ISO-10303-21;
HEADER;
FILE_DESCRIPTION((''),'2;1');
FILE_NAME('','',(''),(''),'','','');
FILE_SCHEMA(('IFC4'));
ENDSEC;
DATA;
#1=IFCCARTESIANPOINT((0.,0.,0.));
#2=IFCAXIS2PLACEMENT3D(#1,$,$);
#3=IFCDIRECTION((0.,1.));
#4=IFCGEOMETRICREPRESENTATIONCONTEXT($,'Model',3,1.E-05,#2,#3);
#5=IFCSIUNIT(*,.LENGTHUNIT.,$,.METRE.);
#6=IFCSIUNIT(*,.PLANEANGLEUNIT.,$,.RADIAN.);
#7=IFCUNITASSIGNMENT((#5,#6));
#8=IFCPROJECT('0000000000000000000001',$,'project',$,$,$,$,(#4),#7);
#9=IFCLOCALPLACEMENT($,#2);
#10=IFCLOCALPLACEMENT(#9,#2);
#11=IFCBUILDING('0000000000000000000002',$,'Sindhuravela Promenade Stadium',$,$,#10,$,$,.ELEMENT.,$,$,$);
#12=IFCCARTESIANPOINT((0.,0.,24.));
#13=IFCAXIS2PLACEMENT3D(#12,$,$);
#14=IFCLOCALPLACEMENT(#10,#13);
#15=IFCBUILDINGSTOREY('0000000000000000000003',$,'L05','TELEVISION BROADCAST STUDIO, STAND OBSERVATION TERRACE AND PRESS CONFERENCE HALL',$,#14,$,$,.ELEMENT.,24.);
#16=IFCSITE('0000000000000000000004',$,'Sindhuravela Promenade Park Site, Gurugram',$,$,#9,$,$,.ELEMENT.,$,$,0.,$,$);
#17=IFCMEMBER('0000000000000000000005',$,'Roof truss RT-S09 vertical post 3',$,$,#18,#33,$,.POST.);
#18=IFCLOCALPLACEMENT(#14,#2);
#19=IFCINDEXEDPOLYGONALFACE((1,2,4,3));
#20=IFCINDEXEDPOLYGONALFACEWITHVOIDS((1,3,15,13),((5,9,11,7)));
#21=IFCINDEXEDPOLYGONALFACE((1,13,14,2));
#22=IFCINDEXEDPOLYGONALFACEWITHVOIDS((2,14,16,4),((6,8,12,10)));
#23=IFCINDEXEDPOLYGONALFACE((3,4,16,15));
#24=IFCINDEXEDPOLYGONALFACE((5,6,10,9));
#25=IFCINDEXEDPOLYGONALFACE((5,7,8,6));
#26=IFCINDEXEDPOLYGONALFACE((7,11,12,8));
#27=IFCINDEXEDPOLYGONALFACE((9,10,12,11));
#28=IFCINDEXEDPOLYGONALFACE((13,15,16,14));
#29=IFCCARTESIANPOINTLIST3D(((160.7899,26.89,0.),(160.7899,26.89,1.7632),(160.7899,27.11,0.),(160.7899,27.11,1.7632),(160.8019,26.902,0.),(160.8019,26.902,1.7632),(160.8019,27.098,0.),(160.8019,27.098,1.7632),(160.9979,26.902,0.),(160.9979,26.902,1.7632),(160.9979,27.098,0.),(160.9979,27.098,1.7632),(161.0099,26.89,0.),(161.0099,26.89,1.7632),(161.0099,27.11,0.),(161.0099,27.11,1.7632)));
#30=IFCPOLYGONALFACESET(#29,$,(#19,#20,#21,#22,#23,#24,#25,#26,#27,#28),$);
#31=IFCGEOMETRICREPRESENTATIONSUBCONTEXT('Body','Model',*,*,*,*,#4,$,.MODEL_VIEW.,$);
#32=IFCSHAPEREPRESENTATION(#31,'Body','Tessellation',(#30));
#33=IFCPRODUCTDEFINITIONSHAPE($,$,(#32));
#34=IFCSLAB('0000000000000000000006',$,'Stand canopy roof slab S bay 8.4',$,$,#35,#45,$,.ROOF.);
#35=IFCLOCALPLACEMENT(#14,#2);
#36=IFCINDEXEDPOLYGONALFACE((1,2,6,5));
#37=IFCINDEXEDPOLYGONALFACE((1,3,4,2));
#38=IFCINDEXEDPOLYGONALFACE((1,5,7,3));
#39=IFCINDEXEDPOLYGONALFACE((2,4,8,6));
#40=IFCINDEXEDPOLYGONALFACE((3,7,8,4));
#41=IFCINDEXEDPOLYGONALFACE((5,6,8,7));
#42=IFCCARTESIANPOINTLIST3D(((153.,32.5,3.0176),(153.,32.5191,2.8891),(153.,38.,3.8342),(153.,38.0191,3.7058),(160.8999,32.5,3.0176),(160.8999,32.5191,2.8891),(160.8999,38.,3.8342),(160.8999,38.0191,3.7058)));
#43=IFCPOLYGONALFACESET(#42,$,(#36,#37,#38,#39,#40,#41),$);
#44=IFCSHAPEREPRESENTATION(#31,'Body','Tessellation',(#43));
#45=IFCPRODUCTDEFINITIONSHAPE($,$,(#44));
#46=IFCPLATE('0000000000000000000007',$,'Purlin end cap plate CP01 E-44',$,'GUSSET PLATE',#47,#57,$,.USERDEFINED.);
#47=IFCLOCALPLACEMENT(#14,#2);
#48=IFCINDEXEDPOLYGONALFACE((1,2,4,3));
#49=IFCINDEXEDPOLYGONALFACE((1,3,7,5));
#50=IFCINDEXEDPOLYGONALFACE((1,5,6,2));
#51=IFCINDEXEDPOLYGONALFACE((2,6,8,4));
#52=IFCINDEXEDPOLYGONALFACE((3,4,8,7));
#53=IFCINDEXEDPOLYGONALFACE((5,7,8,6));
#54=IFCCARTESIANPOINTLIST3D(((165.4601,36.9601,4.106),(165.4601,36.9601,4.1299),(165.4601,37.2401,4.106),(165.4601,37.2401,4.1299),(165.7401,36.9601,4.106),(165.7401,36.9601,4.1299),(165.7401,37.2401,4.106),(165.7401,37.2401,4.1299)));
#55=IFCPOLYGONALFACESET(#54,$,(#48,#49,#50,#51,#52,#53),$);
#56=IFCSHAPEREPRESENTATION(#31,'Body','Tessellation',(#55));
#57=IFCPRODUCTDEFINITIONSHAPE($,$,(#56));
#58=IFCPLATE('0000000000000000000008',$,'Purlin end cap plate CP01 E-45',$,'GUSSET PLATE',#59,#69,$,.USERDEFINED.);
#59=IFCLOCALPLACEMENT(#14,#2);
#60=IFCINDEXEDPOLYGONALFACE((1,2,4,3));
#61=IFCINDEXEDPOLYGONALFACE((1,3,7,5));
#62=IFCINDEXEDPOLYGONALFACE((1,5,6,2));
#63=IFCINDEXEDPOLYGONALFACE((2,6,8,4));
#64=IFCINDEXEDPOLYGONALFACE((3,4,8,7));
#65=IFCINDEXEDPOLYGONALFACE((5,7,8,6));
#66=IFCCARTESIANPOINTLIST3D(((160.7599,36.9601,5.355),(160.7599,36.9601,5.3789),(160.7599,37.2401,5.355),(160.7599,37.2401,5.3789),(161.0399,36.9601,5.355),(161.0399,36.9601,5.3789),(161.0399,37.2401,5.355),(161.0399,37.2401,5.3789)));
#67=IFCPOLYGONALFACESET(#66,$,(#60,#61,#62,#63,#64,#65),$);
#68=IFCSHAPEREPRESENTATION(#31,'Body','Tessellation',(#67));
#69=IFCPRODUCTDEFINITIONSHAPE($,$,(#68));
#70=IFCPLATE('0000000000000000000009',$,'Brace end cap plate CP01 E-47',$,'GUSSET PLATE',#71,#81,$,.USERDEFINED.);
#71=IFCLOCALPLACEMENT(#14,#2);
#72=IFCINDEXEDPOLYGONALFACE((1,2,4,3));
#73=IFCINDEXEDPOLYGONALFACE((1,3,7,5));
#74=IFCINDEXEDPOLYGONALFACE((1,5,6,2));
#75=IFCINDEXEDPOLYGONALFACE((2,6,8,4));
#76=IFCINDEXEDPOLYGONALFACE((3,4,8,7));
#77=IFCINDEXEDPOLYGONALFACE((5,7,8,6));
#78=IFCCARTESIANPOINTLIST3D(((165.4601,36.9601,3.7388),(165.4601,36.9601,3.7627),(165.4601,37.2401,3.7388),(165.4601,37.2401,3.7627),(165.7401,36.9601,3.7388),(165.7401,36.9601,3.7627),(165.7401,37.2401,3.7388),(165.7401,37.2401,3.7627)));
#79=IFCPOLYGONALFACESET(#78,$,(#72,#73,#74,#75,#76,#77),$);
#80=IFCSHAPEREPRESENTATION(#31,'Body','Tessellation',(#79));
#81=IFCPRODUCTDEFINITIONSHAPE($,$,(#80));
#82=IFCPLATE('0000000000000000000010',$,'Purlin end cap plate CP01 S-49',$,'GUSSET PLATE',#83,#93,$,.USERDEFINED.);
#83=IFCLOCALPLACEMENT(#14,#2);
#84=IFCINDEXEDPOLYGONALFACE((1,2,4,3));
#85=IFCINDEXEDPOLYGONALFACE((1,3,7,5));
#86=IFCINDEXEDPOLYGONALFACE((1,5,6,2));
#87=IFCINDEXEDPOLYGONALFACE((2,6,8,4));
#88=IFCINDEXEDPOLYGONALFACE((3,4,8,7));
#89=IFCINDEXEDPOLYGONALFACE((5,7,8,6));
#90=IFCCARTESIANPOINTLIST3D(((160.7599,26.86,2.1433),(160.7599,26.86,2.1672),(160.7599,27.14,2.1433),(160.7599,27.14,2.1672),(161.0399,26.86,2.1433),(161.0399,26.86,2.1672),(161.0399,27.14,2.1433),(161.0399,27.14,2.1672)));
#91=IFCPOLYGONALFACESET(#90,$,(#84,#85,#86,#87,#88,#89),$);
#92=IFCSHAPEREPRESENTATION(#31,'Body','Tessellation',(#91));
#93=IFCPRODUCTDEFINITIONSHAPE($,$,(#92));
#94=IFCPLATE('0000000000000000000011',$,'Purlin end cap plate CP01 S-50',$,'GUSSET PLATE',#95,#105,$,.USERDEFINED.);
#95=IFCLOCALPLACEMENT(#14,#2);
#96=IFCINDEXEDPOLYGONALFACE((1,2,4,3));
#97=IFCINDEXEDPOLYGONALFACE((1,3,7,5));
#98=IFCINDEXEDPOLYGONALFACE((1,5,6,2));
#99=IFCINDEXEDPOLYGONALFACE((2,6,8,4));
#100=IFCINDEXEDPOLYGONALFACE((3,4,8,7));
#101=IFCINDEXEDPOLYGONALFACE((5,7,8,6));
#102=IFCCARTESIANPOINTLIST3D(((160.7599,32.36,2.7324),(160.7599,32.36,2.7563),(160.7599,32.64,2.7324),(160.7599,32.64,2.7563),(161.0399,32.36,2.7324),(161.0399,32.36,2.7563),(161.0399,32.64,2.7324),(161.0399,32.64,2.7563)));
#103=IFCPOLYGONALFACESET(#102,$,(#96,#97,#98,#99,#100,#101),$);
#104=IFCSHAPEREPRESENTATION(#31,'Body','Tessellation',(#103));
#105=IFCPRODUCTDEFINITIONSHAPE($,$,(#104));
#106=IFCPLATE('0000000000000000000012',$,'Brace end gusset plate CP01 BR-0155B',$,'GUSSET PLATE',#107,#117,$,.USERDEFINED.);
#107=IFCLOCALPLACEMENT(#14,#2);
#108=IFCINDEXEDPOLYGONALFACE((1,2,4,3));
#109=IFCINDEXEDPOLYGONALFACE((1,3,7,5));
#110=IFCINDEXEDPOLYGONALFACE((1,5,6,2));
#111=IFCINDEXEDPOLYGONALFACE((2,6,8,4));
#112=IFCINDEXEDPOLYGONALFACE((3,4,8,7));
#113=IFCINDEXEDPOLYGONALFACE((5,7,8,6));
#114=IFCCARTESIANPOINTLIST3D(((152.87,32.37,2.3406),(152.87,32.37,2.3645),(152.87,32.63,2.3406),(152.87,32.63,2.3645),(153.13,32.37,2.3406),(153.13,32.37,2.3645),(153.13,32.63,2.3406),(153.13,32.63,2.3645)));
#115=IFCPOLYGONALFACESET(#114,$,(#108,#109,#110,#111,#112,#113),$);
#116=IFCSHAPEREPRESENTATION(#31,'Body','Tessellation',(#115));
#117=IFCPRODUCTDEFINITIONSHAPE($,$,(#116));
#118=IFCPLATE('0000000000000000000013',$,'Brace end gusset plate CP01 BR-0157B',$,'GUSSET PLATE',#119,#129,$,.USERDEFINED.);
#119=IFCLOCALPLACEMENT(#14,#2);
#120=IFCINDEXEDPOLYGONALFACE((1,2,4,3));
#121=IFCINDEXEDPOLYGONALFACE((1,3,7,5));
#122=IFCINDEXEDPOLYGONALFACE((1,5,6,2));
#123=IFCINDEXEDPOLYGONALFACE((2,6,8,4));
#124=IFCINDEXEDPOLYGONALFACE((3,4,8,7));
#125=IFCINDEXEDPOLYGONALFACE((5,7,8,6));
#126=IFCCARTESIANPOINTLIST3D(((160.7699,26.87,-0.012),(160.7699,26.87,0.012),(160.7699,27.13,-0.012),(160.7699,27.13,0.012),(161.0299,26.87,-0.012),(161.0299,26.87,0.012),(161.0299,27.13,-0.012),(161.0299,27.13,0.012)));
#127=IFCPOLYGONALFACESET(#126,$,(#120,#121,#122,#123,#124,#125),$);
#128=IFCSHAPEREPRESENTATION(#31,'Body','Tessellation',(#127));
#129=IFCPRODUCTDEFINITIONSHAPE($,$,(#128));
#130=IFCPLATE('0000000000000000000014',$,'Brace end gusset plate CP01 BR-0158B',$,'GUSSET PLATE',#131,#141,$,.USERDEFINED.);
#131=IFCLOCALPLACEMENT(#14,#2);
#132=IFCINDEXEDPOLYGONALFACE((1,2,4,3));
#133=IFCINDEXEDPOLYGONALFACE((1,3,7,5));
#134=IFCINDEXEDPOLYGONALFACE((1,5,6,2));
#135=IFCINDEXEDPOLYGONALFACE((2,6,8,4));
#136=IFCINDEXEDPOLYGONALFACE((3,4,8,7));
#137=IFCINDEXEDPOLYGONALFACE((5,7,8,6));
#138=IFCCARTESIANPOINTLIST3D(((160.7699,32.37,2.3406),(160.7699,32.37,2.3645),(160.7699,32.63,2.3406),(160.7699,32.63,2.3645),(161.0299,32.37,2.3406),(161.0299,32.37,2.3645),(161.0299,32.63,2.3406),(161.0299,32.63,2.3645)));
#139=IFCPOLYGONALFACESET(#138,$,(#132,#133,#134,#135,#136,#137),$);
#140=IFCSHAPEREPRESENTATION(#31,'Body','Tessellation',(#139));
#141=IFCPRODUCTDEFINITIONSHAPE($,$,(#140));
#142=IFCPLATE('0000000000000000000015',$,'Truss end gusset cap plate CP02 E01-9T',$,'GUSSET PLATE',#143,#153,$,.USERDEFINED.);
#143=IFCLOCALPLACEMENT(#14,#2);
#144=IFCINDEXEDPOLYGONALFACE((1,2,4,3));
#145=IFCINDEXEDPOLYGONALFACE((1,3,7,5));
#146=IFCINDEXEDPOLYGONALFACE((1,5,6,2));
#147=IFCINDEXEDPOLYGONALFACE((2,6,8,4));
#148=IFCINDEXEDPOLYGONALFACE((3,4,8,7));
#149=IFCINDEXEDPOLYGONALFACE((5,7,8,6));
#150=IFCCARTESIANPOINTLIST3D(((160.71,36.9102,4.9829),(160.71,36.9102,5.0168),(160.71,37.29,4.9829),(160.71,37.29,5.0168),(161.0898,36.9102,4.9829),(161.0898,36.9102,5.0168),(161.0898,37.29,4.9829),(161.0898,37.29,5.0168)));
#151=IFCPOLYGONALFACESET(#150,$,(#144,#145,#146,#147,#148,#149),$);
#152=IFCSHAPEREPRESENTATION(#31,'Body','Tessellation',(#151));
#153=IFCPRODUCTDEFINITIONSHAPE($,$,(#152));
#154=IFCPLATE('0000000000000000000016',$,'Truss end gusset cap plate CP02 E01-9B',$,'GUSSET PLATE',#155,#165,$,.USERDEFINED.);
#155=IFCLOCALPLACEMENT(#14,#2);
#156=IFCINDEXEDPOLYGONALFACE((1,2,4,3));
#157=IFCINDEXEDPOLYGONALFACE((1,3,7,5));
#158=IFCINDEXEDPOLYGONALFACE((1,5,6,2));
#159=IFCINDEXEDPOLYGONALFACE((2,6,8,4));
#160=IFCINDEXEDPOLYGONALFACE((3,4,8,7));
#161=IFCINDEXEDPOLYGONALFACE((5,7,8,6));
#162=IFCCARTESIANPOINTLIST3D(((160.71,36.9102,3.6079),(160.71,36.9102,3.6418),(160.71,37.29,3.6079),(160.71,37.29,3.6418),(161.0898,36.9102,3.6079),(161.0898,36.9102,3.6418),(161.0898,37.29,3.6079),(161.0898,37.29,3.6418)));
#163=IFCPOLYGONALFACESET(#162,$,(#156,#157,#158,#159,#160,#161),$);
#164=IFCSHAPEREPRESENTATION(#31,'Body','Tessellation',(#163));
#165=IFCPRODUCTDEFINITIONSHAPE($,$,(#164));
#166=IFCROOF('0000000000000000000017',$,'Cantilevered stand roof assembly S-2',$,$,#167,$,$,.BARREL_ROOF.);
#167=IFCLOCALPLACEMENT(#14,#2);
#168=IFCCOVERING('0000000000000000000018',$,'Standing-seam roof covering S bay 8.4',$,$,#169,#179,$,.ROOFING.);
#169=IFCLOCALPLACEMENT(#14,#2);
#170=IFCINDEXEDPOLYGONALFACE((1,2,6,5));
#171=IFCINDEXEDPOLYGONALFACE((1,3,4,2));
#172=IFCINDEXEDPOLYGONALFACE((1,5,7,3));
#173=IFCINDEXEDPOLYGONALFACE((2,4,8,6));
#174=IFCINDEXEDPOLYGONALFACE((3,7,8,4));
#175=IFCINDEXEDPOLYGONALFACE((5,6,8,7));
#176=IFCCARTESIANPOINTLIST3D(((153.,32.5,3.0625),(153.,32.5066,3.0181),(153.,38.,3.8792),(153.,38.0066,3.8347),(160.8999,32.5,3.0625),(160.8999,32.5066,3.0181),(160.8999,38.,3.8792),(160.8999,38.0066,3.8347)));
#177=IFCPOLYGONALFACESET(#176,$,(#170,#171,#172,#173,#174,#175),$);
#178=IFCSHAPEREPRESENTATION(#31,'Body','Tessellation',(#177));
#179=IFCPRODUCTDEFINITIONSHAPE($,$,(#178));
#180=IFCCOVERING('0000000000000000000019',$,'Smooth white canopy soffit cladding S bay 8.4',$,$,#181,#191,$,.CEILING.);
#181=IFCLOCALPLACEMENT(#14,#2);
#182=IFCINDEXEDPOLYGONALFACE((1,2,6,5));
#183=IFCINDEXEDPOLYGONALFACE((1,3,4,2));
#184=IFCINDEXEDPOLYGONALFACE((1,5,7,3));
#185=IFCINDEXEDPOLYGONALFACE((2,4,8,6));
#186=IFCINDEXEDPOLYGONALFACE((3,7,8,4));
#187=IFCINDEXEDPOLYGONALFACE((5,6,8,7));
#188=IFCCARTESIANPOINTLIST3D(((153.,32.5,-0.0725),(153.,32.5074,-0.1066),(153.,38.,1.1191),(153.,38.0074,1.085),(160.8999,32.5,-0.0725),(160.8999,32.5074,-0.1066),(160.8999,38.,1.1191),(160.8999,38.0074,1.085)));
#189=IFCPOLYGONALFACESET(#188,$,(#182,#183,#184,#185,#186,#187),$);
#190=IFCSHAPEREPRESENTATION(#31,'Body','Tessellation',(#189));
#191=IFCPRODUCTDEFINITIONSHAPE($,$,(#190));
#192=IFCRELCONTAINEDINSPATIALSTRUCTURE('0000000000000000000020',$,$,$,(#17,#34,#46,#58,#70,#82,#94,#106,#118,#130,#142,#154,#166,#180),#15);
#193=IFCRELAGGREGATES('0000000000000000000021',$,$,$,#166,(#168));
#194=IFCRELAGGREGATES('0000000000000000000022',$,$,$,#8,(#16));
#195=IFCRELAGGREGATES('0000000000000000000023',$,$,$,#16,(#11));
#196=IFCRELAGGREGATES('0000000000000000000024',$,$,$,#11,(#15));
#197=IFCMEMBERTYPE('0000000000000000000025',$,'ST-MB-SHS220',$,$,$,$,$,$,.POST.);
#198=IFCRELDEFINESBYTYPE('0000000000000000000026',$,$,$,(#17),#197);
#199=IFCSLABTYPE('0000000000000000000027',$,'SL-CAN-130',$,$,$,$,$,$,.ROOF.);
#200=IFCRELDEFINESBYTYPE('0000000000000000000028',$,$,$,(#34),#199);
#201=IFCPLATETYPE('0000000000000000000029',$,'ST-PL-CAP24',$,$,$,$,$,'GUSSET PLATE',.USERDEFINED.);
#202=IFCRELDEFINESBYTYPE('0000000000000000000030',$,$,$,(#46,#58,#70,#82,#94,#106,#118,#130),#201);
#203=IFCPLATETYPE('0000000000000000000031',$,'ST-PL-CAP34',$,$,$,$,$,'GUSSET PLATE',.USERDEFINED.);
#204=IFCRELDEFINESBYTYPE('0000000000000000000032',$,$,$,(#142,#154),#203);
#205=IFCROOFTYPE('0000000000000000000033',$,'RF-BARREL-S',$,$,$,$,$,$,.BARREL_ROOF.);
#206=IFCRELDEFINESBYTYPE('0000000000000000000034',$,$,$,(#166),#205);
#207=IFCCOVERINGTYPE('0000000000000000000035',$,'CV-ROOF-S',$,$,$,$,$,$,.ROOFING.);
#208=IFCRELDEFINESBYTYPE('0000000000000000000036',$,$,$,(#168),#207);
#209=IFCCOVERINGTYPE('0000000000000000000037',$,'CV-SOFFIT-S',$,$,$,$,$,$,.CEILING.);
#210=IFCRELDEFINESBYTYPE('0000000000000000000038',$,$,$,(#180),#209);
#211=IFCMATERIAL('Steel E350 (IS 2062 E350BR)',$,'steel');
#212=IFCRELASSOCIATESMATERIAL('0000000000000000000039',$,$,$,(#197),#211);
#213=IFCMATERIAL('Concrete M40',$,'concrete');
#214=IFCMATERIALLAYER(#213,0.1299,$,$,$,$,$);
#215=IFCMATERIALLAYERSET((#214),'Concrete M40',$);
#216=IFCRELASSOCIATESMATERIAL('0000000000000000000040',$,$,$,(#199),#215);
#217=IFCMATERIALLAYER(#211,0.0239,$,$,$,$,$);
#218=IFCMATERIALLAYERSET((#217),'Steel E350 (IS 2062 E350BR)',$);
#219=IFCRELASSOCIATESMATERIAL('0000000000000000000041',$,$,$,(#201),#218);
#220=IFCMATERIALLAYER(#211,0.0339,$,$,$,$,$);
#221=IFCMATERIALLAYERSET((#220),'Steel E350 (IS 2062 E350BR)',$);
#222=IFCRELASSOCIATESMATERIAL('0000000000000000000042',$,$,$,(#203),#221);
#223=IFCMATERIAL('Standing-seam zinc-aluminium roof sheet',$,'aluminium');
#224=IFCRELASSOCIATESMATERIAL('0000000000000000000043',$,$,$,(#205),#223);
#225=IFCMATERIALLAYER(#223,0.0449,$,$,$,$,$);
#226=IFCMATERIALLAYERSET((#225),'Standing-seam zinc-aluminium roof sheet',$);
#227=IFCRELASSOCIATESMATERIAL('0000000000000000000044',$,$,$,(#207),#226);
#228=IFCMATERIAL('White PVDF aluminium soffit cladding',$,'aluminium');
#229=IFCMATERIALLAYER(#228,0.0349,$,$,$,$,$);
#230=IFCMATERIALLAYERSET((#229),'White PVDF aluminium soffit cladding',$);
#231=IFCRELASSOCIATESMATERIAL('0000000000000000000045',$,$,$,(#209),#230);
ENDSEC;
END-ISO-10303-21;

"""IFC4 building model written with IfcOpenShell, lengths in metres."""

from ifc_helpers import new_model, si_unit, direction, frame, origin, origin_2d, place, context, subcontext, project, spatial, polyline, rectangle, hollow_rectangle, outline, extrude, material, layer, layer_set, material_profile, profile_set, type_object, element, aggregate, save


model = new_model("IFC4")

# Units and contexts
model_context = context("Model", 3, precision=1e-05, world=origin(), true_north=direction((0.0, 1.0)))
body_context = subcontext(model_context, "Body", "Model", "MODEL_VIEW")
ifc_project = project(units=[si_unit("LENGTHUNIT", "METRE"), si_unit("PLANEANGLEUNIT", "RADIAN")], contexts=[model_context])

# Site, building, storey
site_placement = place(None, origin())
site = spatial("IfcSite", under=ifc_project, at=site_placement, Name="Sindhuravela Promenade Park Site, Gurugram", CompositionType="ELEMENT", RefElevation=0.0)
building_placement = place(site_placement, origin())
building = spatial("IfcBuilding", under=site, at=building_placement, Name="Sindhuravela Promenade Stadium", CompositionType="ELEMENT")
storey_placement = place(building_placement, frame((0.0, 0.0, 24.0)))
storey = spatial("IfcBuildingStorey", under=building, at=storey_placement, Name="L05", Description="TELEVISION BROADCAST STUDIO, STAND OBSERVATION TERRACE AND PRESS CONFERENCE HALL", CompositionType="ELEMENT", Elevation=24.0)

# Shared definitions
ifc_material_1 = material(Name="Steel E350 (IS 2062 E350BR)", Category="steel")

# Member
ifc_material_profile_1 = material_profile(ifc_material_1, hollow_rectangle(XDim=0.22, YDim=0.22, WallThickness=0.012, at=origin_2d()), Name="SHS 220x220x12")
ifc_profile_set_1 = profile_set([ifc_material_profile_1], Name="Steel E350 (IS 2062 E350BR)")
member_type_1 = type_object("IfcMemberType", Name="ST-MB-SHS220", PredefinedType="POST", material=ifc_profile_set_1)
member_1_placement = place(storey_placement, frame((160.8999, 27.0, 0.0), z_axis=(0.0, 0.0, 1.0), x_axis=(1.0, 0.0, 0.0)))
element("IfcMember", 1, at=member_1_placement, inside=storey, type_object=member_type_1, Name="Roof truss RT-S09 vertical post 3", PredefinedType="POST", context=body_context, shape_type="SweptSolid", body=[
    extrude(hollow_rectangle(XDim=0.22, YDim=0.22, WallThickness=0.012, at=origin_2d()), origin(), (0.0, 0.0, 1.0), 1.7632),
])

# Slab
ifc_material_2 = material(Name="Concrete M40", Category="concrete")
ifc_layer_1 = layer(ifc_material_2, 0.1299)
ifc_layer_set_1 = layer_set([ifc_layer_1], Name="Concrete M40")
slab_type = type_object("IfcSlabType", Name="SL-CAN-130", PredefinedType="ROOF", material=ifc_layer_set_1)
slab_placement = place(storey_placement, frame((153.0, 32.5, 3.0176), z_axis=(0.0, -0.146872, 0.989156), x_axis=(1.0, 0.0, 0.0)))
element("IfcSlab", 2, at=slab_placement, inside=storey, type_object=slab_type, Name="Stand canopy roof slab S bay 8.4", PredefinedType="ROOF", context=body_context, shape_type="SweptSolid", body=[
    extrude(outline(polyline([(0.0, 0.0), (7.8999, 0.0), (7.8999, 5.5603), (0.0, 5.5603), (0.0, 0.0)])), origin(), (0.0, 0.0, -1.0), 0.1299),
])

# Plates
ifc_layer_2 = layer(ifc_material_1, 0.0239)
ifc_layer_set_2 = layer_set([ifc_layer_2], Name="Steel E350 (IS 2062 E350BR)")
plate_type_1 = type_object("IfcPlateType", Name="ST-PL-CAP24", ElementType="GUSSET PLATE", PredefinedType="USERDEFINED", material=ifc_layer_set_2)
for number, where, z_axis, x_axis, name in (
    (3, (165.6001, 37.1001, 4.106), (0.0, 0.0, 1.0), (1.0, 0.0, 0.0), "Purlin end cap plate CP01 E-44"),
    (4, (160.8999, 37.1001, 5.355), (0.0, 0.0, 1.0), (1.0, 0.0, 0.0), "Purlin end cap plate CP01 E-45"),
    (5, (165.6001, 37.1001, 3.7388), (0.0, 0.0, 1.0), (1.0, 0.0, 0.0), "Brace end cap plate CP01 E-47"),
    (6, (160.8999, 27.0, 2.1433), (0.0, 0.0, 1.0), (1.0, 0.0, 0.0), "Purlin end cap plate CP01 S-49"),
    (7, (160.8999, 32.5, 2.7324), (0.0, 0.0, 1.0), (1.0, 0.0, 0.0), "Purlin end cap plate CP01 S-50"),
):
    element("IfcPlate", number, at=place(storey_placement, frame(where, z_axis=z_axis, x_axis=x_axis)), inside=storey, type_object=plate_type_1, Name=name, ObjectType="GUSSET PLATE", PredefinedType="USERDEFINED", context=body_context, shape_type="SweptSolid", body=[
        extrude(rectangle(XDim=0.28, YDim=0.28, at=origin_2d()), origin(), (0.0, 0.0, 1.0), 0.0239),
    ])
for number, where, z_axis, x_axis, name in (
    (8, (153.0, 32.5, 2.3406), (0.0, 0.0, 1.0), (1.0, 0.0, 0.0), "Brace end gusset plate CP01 BR-0155B"),
    (9, (160.8999, 27.0, -0.012), (0.0, 0.0, 1.0), (1.0, 0.0, 0.0), "Brace end gusset plate CP01 BR-0157B"),
    (10, (160.8999, 32.5, 2.3406), (0.0, 0.0, 1.0), (1.0, 0.0, 0.0), "Brace end gusset plate CP01 BR-0158B"),
):
    element("IfcPlate", number, at=place(storey_placement, frame(where, z_axis=z_axis, x_axis=x_axis)), inside=storey, type_object=plate_type_1, Name=name, ObjectType="GUSSET PLATE", PredefinedType="USERDEFINED", context=body_context, shape_type="SweptSolid", body=[
        extrude(rectangle(XDim=0.26, YDim=0.26, at=origin_2d()), origin(), (0.0, 0.0, 1.0), 0.0239),
    ])
ifc_layer_3 = layer(ifc_material_1, 0.0339)
ifc_layer_set_3 = layer_set([ifc_layer_3], Name="Steel E350 (IS 2062 E350BR)")
plate_type_2 = type_object("IfcPlateType", Name="ST-PL-CAP34", ElementType="GUSSET PLATE", PredefinedType="USERDEFINED", material=ifc_layer_set_3)
for number, where, z_axis, x_axis, name in (
    (11, (160.8999, 37.1001, 4.9829), (0.0, 0.0, 1.0), (1.0, 0.0, 0.0), "Truss end gusset cap plate CP02 E01-9T"),
    (12, (160.8999, 37.1001, 3.6079), (0.0, 0.0, 1.0), (1.0, 0.0, 0.0), "Truss end gusset cap plate CP02 E01-9B"),
):
    element("IfcPlate", number, at=place(storey_placement, frame(where, z_axis=z_axis, x_axis=x_axis)), inside=storey, type_object=plate_type_2, Name=name, ObjectType="GUSSET PLATE", PredefinedType="USERDEFINED", context=body_context, shape_type="SweptSolid", body=[
        extrude(rectangle(XDim=0.3799, YDim=0.3799, at=origin_2d()), origin(), (0.0, 0.0, 1.0), 0.0339),
    ])

# Roof, covering
ifc_material_3 = material(Name="Standing-seam zinc-aluminium roof sheet", Category="aluminium")
roof_type = type_object("IfcRoofType", Name="RF-BARREL-S", PredefinedType="BARREL_ROOF", material=ifc_material_3)
roof_placement = place(storey_placement, origin())
roof = element("IfcRoof", 13, at=roof_placement, inside=storey, type_object=roof_type, Name="Cantilevered stand roof assembly S-2", PredefinedType="BARREL_ROOF")
ifc_layer_4 = layer(ifc_material_3, 0.0449)
ifc_layer_set_4 = layer_set([ifc_layer_4], Name="Standing-seam zinc-aluminium roof sheet")
covering_type_1 = type_object("IfcCoveringType", Name="CV-ROOF-S", PredefinedType="ROOFING", material=ifc_layer_set_4)
covering_1_placement = place(storey_placement, frame((153.0, 32.5, 3.0625), z_axis=(0.0, -0.146872, 0.989156), x_axis=(1.0, 0.0, 0.0)))
covering_1 = element("IfcCovering", 14, at=covering_1_placement, type_object=covering_type_1, Name="Standing-seam roof covering S bay 8.4", PredefinedType="ROOFING", context=body_context, shape_type="SweptSolid", body=[
    extrude(outline(polyline([(0.0, 0.0), (7.8999, 0.0), (7.8999, 5.5603), (0.0, 5.5603), (0.0, 0.0)])), origin(), (0.0, 0.0, -1.0), 0.0449),
])
aggregate(roof, [covering_1])

# Covering
ifc_material_4 = material(Name="White PVDF aluminium soffit cladding", Category="aluminium")
ifc_layer_5 = layer(ifc_material_4, 0.0349)
ifc_layer_set_5 = layer_set([ifc_layer_5], Name="White PVDF aluminium soffit cladding")
covering_type_2 = type_object("IfcCoveringType", Name="CV-SOFFIT-S", PredefinedType="CEILING", material=ifc_layer_set_5)
covering_2_placement = place(storey_placement, frame((153.0, 32.5, -0.0725), z_axis=(0.0, -0.211751, 0.977324), x_axis=(1.0, 0.0, 0.0)))
element("IfcCovering", 15, at=covering_2_placement, inside=storey, type_object=covering_type_2, Name="Smooth white canopy soffit cladding S bay 8.4", PredefinedType="CEILING", context=body_context, shape_type="SweptSolid", body=[
    extrude(outline(polyline([(0.0, 0.0), (7.8999, 0.0), (7.8999, 5.6276), (0.0, 5.6276), (0.0, 0.0)])), origin(), (0.0, 0.0, -1.0), 0.0349),
])

save(model, "model.ifc")
